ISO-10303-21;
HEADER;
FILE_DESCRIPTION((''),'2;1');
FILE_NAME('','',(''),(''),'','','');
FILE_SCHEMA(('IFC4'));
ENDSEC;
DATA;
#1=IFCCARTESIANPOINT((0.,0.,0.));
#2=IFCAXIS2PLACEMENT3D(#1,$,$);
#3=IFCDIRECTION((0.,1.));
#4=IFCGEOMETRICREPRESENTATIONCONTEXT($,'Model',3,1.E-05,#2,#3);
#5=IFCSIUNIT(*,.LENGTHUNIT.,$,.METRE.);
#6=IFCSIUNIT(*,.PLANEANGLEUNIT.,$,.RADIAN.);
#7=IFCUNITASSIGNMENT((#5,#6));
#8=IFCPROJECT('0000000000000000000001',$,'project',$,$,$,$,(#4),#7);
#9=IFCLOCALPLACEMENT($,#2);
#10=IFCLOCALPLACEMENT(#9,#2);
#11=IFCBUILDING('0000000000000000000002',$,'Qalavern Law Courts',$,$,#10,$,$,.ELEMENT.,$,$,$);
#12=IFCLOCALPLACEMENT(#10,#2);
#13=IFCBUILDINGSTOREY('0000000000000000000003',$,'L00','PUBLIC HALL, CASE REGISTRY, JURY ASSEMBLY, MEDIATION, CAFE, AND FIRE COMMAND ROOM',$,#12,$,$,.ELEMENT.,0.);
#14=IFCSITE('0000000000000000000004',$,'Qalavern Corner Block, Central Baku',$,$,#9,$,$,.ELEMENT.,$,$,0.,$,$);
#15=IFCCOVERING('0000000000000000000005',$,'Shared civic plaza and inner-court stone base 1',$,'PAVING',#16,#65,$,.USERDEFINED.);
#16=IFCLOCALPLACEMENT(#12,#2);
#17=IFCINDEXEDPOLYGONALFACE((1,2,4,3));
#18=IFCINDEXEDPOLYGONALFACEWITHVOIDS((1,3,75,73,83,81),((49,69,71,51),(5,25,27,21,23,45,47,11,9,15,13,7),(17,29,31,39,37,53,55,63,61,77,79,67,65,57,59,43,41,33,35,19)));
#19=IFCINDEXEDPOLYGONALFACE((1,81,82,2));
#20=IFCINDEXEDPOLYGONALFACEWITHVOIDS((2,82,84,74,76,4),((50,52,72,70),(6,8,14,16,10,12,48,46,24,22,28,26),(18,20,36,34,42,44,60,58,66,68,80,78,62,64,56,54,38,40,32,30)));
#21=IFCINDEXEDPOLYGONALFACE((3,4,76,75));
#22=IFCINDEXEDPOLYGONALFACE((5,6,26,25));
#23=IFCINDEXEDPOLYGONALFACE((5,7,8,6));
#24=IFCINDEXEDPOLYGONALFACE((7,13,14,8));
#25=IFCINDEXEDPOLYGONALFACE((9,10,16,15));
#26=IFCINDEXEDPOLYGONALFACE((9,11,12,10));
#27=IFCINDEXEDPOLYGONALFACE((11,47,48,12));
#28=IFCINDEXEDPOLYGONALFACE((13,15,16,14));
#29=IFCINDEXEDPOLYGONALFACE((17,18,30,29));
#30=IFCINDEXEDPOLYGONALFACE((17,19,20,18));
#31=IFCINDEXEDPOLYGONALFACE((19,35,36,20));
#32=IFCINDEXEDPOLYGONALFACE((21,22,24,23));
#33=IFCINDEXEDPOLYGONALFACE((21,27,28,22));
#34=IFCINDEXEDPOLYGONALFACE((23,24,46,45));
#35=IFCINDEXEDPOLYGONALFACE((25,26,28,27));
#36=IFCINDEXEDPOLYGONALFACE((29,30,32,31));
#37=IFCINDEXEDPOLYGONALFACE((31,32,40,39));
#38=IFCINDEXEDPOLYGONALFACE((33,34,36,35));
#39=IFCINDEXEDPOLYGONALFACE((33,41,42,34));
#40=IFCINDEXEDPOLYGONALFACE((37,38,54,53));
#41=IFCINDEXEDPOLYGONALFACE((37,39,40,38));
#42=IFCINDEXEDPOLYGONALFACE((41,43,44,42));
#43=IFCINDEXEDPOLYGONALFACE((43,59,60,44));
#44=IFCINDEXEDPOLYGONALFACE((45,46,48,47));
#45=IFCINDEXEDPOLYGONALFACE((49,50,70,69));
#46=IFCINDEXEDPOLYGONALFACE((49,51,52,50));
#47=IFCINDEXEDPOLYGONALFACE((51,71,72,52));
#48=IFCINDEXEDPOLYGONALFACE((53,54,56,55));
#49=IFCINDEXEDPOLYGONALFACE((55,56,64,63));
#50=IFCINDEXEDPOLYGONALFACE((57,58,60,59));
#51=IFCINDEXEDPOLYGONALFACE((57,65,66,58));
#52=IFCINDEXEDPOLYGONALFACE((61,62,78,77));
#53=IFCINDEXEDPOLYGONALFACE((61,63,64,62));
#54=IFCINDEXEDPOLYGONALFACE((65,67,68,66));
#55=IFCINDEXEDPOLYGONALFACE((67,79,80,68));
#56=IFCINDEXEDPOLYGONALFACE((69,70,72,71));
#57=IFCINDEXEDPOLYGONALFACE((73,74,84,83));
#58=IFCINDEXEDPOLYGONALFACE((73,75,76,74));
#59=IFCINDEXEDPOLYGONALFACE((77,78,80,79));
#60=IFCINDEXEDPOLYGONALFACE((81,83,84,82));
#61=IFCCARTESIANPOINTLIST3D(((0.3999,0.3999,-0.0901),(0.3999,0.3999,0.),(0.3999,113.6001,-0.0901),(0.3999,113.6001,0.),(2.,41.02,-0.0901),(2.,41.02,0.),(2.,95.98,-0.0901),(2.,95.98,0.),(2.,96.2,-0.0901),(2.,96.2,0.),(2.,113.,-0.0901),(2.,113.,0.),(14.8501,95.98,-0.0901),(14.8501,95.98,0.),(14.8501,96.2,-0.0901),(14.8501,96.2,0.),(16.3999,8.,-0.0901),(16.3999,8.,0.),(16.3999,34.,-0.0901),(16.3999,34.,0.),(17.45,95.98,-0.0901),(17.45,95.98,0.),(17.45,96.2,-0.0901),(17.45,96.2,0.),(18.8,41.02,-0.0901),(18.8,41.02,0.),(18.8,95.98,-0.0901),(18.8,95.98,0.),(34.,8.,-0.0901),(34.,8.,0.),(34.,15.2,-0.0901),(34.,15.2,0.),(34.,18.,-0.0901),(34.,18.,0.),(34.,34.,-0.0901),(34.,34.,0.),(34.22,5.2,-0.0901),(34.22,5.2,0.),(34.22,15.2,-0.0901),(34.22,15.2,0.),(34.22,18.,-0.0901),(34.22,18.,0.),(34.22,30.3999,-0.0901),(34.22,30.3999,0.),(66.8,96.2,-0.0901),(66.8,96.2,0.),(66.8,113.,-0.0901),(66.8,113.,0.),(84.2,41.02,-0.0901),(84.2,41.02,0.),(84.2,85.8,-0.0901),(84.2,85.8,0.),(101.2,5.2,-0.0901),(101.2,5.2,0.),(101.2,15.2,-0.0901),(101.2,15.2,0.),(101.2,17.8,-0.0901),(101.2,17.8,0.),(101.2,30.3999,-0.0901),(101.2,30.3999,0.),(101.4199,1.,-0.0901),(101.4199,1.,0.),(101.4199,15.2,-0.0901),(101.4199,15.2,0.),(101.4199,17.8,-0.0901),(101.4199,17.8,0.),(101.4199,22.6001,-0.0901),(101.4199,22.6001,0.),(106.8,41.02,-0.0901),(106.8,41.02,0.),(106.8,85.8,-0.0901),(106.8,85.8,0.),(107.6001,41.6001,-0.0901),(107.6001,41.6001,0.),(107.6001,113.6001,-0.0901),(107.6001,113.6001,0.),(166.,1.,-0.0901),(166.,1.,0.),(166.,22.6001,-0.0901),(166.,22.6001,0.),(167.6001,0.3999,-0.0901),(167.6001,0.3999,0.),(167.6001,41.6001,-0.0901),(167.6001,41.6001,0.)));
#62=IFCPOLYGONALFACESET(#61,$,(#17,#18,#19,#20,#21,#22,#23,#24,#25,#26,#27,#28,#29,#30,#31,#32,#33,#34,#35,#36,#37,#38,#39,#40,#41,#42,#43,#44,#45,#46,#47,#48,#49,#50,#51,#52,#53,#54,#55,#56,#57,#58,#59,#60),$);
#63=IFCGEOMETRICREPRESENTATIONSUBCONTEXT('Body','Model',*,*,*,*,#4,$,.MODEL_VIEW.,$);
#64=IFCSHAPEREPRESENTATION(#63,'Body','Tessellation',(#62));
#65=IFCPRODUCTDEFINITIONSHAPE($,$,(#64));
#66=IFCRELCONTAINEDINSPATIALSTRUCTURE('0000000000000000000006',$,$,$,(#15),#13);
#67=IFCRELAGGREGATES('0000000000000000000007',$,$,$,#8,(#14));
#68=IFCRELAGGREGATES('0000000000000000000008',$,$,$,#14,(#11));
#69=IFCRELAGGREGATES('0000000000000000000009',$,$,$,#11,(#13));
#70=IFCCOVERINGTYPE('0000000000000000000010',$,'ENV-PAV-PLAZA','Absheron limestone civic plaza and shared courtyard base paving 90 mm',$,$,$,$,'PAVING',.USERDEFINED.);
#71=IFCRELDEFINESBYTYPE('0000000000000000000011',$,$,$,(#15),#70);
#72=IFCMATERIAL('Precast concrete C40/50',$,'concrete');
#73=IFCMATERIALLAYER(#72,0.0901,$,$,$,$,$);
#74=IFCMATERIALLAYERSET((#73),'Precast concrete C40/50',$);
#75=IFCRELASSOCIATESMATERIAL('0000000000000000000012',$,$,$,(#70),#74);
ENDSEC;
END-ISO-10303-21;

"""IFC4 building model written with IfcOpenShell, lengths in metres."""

from ifc_helpers import new_model, si_unit, direction, frame, origin, place, context, subcontext, project, spatial, polyline, outline, extrude, material, layer, layer_set, type_object, element, save


model = new_model("IFC4")

# Units and contexts
model_context = context("Model", 3, precision=1e-05, world=origin(), true_north=direction((0.0, 1.0)))
body_context = subcontext(model_context, "Body", "Model", "MODEL_VIEW")
ifc_project = project(units=[si_unit("LENGTHUNIT", "METRE"), si_unit("PLANEANGLEUNIT", "RADIAN")], contexts=[model_context])

# Site, building, storey
site_placement = place(None, origin())
site = spatial("IfcSite", under=ifc_project, at=site_placement, Name="Qalavern Corner Block, Central Baku", CompositionType="ELEMENT", RefElevation=0.0)
building_placement = place(site_placement, origin())
building = spatial("IfcBuilding", under=site, at=building_placement, Name="Qalavern Law Courts", CompositionType="ELEMENT")
storey_placement = place(building_placement, origin())
storey = spatial("IfcBuildingStorey", under=building, at=storey_placement, Name="L00", Description="PUBLIC HALL, CASE REGISTRY, JURY ASSEMBLY, MEDIATION, CAFE, AND FIRE COMMAND ROOM", CompositionType="ELEMENT", Elevation=0.0)

# Covering
ifc_material_1 = material(Name="Precast concrete C40/50", Category="concrete")
ifc_layer_1 = layer(ifc_material_1, 0.0901)
ifc_layer_set_1 = layer_set([ifc_layer_1], Name="Precast concrete C40/50")
covering_type_1 = type_object("IfcCoveringType", Name="ENV-PAV-PLAZA", Description="Absheron limestone civic plaza and shared courtyard base paving 90 mm", ElementType="PAVING", PredefinedType="USERDEFINED", material=ifc_layer_set_1)
covering_1_placement = place(storey_placement, frame((0.0, 0.0, -0.0901)))
element("IfcCovering", 1, at=covering_1_placement, inside=storey, type_object=covering_type_1, Name="Shared civic plaza and inner-court stone base 1", ObjectType="PAVING", PredefinedType="USERDEFINED", context=body_context, shape_type="SweptSolid", body=[
    extrude(outline(polyline([(0.3999, 113.6001), (107.6001, 113.6001), (107.6001, 41.6001), (167.6001, 41.6001), (167.6001, 0.3999), (0.3999, 0.3999), (0.3999, 113.6001)]), holes=[polyline([(166.0, 22.6001), (101.4199, 22.6001), (101.4199, 17.8), (101.2, 17.8), (101.2, 30.3999), (34.22, 30.3999), (34.22, 18.0), (34.0, 18.0), (34.0, 34.0), (16.3999, 34.0), (16.3999, 8.0), (34.0, 8.0), (34.0, 15.2), (34.22, 15.2), (34.22, 5.2), (101.2, 5.2), (101.2, 15.2), (101.4199, 15.2), (101.4199, 1.0), (166.0, 1.0), (166.0, 22.6001)]), polyline([(84.2, 85.8), (84.2, 41.02), (106.8, 41.02), (106.8, 85.8), (84.2, 85.8)]), polyline([(18.8, 41.02), (18.8, 95.98), (17.45, 95.98), (17.45, 96.2), (66.8, 96.2), (66.8, 113.0), (2.0, 113.0), (2.0, 96.2), (14.8501, 96.2), (14.8501, 95.98), (2.0, 95.98), (2.0, 41.02), (18.8, 41.02)])]), origin(), (0.0, 0.0, 1.0), 0.0901),
])

save(model, "model.ifc")
